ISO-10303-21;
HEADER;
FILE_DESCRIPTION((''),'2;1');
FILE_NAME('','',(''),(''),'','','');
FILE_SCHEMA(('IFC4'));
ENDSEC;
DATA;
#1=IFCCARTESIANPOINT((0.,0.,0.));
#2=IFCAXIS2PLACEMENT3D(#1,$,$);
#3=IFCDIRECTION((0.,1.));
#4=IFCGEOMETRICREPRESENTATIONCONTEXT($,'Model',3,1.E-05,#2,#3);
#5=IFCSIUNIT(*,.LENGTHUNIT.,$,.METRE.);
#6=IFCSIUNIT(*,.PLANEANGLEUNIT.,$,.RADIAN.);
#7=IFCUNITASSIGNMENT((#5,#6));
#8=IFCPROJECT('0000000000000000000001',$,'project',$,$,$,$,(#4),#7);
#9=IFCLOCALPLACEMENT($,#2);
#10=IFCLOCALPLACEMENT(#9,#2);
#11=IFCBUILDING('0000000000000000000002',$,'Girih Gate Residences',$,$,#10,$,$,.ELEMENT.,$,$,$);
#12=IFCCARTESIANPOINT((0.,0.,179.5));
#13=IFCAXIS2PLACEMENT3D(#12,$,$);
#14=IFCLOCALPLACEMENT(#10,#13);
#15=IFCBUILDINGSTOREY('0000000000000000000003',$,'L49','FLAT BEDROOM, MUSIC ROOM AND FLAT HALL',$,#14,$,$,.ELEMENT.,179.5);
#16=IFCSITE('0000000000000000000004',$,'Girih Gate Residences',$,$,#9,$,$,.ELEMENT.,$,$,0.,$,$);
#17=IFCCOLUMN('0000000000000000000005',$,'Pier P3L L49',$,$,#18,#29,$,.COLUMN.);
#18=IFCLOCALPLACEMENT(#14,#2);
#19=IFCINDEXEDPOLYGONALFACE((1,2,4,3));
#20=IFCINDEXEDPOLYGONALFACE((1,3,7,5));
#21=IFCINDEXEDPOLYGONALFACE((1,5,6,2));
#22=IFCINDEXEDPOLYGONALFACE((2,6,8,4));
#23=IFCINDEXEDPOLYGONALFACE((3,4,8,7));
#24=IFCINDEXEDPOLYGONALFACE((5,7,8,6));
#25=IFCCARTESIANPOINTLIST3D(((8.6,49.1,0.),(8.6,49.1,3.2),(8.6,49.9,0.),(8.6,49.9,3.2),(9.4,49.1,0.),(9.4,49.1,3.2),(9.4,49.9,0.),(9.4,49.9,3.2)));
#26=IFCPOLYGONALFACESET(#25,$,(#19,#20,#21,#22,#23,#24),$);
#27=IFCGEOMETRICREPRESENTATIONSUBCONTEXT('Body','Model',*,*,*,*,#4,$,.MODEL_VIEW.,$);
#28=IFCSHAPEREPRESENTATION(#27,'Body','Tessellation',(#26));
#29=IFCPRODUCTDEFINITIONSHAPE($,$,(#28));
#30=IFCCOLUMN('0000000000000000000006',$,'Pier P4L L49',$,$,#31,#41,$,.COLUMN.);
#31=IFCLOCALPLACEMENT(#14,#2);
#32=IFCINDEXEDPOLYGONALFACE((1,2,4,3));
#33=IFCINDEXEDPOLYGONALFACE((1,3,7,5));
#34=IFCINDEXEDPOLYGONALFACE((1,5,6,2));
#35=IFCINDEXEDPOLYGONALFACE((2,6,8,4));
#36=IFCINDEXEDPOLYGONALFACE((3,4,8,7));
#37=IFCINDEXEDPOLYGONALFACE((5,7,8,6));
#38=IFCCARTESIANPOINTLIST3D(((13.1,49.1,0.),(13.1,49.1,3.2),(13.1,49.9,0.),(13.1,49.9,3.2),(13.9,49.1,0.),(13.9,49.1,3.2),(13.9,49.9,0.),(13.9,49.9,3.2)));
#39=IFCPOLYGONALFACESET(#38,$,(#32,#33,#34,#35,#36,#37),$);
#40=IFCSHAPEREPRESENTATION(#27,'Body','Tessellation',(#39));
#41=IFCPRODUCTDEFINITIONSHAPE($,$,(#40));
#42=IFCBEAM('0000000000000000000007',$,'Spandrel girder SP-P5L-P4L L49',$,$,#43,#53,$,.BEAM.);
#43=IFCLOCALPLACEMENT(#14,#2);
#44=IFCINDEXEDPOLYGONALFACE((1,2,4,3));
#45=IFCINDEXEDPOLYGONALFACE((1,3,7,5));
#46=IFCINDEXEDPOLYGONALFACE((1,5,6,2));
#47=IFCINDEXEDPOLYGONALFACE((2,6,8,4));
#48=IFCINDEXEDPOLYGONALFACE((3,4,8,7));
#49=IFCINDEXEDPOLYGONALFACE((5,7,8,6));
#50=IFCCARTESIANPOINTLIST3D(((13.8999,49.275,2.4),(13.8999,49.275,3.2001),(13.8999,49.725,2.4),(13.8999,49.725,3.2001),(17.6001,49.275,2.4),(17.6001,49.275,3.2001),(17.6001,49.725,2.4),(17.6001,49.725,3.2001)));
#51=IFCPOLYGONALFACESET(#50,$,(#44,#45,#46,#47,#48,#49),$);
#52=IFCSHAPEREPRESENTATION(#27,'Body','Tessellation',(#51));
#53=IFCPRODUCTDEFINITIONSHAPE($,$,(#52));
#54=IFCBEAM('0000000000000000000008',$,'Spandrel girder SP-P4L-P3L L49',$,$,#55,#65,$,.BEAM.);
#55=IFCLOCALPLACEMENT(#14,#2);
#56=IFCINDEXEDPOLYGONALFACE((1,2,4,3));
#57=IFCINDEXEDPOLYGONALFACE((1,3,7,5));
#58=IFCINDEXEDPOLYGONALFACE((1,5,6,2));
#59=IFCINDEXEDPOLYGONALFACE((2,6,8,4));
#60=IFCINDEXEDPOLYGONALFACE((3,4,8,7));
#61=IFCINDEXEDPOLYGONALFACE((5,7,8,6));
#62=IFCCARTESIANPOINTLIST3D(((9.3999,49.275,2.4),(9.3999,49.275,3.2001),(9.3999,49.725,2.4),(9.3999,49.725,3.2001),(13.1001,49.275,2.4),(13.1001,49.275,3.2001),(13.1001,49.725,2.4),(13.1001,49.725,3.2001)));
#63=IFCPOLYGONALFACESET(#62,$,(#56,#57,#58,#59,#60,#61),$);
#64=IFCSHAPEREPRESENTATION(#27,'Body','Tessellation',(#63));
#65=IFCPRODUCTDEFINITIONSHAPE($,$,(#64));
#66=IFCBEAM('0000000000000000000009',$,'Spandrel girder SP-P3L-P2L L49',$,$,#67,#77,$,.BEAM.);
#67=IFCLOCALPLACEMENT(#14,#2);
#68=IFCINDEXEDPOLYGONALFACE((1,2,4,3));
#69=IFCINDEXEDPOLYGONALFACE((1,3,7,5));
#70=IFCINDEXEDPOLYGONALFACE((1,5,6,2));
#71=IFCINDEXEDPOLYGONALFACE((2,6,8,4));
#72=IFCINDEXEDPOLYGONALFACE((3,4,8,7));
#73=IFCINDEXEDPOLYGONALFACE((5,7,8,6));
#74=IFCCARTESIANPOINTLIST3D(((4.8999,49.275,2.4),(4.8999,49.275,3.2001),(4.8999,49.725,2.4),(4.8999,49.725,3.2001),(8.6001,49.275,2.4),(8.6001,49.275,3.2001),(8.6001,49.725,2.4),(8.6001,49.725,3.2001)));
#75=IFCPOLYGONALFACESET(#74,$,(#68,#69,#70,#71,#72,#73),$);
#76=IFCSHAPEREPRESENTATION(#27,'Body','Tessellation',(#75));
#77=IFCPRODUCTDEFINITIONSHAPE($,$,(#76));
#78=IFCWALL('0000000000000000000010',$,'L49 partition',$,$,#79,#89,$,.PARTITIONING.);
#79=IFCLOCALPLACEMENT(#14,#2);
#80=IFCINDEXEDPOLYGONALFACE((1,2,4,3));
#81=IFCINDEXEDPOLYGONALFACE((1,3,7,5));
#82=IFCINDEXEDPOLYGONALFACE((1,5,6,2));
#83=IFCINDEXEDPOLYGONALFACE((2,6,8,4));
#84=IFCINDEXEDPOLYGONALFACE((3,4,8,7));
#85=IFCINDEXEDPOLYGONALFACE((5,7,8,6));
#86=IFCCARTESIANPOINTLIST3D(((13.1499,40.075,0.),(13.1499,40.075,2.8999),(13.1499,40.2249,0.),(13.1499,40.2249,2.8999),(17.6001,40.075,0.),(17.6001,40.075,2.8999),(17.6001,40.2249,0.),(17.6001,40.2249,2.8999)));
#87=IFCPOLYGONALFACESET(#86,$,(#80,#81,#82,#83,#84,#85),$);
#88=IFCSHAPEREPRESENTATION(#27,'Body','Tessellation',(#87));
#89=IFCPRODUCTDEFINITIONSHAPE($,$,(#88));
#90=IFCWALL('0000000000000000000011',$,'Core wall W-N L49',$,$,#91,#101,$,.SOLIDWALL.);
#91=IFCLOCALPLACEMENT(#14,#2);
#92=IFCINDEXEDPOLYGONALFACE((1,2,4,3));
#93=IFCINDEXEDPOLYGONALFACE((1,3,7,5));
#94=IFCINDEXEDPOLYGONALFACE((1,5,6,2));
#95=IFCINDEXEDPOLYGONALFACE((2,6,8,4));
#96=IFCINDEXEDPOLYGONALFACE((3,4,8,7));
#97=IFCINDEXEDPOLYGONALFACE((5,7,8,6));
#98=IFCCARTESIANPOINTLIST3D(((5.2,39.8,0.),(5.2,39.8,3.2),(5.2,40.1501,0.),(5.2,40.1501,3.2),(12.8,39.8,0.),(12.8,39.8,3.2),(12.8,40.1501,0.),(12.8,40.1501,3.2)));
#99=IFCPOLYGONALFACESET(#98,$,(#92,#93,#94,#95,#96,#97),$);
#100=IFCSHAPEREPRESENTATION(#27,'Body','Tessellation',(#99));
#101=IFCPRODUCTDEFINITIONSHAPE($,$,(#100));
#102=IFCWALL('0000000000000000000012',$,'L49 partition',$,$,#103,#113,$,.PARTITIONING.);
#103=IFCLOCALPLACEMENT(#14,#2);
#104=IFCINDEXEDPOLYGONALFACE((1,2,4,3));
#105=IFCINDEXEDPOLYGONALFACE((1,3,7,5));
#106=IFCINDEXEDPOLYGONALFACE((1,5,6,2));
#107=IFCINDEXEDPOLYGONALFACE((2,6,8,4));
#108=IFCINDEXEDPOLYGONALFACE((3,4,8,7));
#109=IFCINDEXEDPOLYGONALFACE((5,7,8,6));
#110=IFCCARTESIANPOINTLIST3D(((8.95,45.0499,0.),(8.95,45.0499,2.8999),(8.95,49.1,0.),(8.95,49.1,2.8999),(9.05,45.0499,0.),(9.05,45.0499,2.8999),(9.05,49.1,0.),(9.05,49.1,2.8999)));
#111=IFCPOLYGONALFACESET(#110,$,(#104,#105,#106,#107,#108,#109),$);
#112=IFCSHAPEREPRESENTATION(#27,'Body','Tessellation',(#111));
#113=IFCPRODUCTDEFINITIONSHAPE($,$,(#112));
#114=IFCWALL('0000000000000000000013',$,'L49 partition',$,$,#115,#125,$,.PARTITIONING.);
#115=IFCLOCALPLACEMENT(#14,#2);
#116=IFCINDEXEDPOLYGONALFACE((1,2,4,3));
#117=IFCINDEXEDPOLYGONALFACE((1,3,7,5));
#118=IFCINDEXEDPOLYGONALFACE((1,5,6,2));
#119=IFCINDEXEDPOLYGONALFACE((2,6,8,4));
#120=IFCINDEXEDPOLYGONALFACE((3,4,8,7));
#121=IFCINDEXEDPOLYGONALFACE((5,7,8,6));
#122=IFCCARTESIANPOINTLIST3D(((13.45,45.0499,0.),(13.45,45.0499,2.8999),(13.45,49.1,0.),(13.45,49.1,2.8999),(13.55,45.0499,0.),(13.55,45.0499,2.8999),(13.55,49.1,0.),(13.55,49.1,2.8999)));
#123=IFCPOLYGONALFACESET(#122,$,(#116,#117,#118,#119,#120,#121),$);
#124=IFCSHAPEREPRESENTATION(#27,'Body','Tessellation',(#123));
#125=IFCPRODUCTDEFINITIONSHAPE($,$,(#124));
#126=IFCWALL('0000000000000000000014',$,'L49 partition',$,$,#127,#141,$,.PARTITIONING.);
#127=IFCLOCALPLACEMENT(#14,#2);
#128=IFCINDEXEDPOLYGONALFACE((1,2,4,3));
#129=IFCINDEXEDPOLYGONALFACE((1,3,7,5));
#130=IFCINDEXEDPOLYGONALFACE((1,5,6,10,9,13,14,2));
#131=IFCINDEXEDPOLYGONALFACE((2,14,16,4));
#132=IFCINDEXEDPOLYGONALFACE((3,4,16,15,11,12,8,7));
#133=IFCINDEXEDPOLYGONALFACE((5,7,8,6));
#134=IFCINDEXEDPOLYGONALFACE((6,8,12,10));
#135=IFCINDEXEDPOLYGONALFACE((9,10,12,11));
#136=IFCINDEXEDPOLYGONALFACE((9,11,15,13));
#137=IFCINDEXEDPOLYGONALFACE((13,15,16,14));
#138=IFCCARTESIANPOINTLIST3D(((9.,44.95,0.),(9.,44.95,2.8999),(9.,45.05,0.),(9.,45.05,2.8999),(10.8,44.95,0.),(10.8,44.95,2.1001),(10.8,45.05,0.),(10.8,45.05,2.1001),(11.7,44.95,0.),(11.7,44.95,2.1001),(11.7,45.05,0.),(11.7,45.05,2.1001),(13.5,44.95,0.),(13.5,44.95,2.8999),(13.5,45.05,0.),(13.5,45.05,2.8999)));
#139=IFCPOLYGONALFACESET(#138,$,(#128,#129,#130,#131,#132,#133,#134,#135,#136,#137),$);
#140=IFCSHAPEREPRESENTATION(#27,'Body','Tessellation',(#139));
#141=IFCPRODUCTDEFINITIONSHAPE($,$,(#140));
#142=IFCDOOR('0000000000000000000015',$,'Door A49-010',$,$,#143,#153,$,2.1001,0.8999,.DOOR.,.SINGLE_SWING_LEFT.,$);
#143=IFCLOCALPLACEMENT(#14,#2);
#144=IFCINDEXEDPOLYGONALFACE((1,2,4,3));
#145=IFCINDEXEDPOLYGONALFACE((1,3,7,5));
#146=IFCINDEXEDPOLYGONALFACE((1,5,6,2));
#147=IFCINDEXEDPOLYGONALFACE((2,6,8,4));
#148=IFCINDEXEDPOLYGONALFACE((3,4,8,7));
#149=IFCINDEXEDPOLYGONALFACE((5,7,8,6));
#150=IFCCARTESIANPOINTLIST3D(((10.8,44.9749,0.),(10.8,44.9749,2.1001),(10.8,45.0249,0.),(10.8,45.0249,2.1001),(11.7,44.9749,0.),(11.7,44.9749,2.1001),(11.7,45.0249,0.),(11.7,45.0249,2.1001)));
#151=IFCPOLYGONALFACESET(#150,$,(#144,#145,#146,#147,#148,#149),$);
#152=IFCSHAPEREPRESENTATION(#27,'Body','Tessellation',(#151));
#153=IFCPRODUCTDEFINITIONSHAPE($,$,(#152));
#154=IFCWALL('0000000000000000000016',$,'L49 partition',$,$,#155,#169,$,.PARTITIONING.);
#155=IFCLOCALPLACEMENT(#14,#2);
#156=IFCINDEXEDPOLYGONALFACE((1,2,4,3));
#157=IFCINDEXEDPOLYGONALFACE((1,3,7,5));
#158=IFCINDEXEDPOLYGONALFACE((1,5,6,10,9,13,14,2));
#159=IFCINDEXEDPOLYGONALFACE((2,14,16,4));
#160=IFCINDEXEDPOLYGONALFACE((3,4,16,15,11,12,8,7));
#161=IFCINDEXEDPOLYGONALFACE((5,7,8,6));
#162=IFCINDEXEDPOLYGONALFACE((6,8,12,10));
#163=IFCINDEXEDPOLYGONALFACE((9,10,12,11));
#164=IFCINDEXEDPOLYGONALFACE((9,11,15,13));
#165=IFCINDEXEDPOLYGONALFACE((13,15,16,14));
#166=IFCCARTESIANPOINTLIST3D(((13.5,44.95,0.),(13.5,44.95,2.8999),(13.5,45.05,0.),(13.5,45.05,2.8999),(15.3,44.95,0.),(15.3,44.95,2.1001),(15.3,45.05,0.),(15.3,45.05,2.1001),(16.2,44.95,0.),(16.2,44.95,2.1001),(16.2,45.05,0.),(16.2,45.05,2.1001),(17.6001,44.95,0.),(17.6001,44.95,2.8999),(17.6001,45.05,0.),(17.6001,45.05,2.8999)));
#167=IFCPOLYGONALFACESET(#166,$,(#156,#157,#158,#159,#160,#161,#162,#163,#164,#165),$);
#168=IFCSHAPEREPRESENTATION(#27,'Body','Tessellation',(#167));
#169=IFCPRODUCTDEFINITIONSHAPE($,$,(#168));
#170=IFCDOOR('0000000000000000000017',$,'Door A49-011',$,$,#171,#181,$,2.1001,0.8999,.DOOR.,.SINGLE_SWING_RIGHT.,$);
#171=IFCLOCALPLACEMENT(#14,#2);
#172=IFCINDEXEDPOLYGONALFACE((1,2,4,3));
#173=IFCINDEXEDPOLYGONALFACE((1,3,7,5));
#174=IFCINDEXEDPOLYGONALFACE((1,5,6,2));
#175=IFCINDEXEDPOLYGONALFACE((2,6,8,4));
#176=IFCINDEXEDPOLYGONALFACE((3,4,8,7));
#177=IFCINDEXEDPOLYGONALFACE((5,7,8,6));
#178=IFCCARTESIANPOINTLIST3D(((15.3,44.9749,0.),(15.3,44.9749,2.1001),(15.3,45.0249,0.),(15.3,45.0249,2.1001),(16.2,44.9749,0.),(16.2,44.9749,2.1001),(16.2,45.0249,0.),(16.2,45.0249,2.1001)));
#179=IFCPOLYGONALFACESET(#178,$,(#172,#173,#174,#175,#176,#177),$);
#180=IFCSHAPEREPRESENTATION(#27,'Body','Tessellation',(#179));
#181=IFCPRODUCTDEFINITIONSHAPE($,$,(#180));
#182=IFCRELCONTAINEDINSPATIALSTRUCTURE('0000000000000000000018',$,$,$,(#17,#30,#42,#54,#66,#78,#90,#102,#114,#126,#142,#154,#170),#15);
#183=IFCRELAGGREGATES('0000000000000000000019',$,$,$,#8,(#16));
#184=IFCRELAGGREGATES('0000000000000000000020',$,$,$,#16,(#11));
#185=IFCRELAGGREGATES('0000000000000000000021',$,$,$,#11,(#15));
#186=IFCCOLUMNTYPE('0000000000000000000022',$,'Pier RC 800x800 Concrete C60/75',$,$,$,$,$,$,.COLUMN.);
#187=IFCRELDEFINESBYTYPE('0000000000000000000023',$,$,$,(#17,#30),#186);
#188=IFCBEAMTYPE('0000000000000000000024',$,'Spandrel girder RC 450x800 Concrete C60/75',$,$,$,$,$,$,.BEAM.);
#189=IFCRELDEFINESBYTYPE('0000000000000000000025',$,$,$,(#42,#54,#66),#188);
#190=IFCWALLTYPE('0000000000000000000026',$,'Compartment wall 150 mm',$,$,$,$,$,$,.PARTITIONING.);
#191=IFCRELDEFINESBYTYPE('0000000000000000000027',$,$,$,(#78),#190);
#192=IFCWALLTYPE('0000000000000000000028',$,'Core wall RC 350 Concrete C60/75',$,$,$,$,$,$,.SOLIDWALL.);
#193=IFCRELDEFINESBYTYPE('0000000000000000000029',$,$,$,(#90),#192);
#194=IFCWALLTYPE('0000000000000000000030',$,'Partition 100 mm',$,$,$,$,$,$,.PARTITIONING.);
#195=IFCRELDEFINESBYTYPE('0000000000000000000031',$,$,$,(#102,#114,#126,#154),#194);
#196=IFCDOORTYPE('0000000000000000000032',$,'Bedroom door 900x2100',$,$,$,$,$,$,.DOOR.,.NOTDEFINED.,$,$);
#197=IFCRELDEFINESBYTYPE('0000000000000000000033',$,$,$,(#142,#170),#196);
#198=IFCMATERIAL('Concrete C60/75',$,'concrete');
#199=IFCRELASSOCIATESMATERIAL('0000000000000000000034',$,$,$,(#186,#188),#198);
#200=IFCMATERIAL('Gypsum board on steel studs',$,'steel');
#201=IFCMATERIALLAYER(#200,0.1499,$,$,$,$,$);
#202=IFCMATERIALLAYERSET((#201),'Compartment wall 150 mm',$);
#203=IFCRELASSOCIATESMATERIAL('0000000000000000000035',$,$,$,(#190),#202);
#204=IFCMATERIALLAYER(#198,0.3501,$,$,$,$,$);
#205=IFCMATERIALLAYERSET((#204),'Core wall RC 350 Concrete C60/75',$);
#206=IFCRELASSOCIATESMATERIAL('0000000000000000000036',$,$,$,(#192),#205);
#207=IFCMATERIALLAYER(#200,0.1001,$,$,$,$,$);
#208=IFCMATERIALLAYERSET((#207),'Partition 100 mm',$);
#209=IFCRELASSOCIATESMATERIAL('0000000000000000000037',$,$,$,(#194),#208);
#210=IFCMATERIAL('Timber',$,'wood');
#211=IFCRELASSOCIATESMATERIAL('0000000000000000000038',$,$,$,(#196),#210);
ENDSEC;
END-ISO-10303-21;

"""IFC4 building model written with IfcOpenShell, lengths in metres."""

from ifc_helpers import new_model, si_unit, direction, frame, frame_2d, origin, origin_2d, place, context, subcontext, project, spatial, rectangle, extrude, material, layer, layer_set, material_profile, profile_set, type_object, element, fill, save


model = new_model("IFC4")

# Units and contexts
model_context = context("Model", 3, precision=1e-05, world=origin(), true_north=direction((0.0, 1.0)))
body_context = subcontext(model_context, "Body", "Model", "MODEL_VIEW")
ifc_project = project(units=[si_unit("LENGTHUNIT", "METRE"), si_unit("PLANEANGLEUNIT", "RADIAN")], contexts=[model_context])

# Site, building, storey
site_placement = place(None, origin())
site = spatial("IfcSite", under=ifc_project, at=site_placement, Name="Girih Gate Residences", CompositionType="ELEMENT", RefElevation=0.0)
building_placement = place(site_placement, origin())
building = spatial("IfcBuilding", under=site, at=building_placement, Name="Girih Gate Residences", CompositionType="ELEMENT")
storey_placement = place(building_placement, frame((0.0, 0.0, 179.5)))
storey = spatial("IfcBuildingStorey", under=building, at=storey_placement, Name="L49", Description="FLAT BEDROOM, MUSIC ROOM AND FLAT HALL", CompositionType="ELEMENT", Elevation=179.5)

# Columns
ifc_material_1 = material(Name="Concrete C60/75", Category="concrete")
ifc_material_profile_1 = material_profile(ifc_material_1, rectangle(XDim=0.8, YDim=0.8, at=origin_2d()))
ifc_profile_set_1 = profile_set([ifc_material_profile_1], Name="Concrete C60/75")
column_type = type_object("IfcColumnType", Name="Pier RC 800x800 Concrete C60/75", PredefinedType="COLUMN", material=ifc_profile_set_1)
for number, where, z_axis, x_axis, name in (
    (1, (9.0, 49.5, 0.0), (0.0, 0.0, 1.0), (1.0, 0.0, 0.0), "Pier P3L L49"),
    (2, (13.5, 49.5, 0.0), (0.0, 0.0, 1.0), (1.0, 0.0, 0.0), "Pier P4L L49"),
):
    element("IfcColumn", number, at=place(storey_placement, frame(where, z_axis=z_axis, x_axis=x_axis)), inside=storey, type_object=column_type, Name=name, PredefinedType="COLUMN", context=body_context, shape_type="SweptSolid", body=[
        extrude(rectangle(XDim=0.8, YDim=0.8, at=origin_2d()), origin(), (0.0, 0.0, 1.0), 3.2),
    ])

# Beams
ifc_material_profile_2 = material_profile(ifc_material_1, rectangle(XDim=0.45, YDim=0.8, at=origin_2d()))
ifc_profile_set_2 = profile_set([ifc_material_profile_2], Name="Concrete C60/75")
beam_type = type_object("IfcBeamType", Name="Spandrel girder RC 450x800 Concrete C60/75", PredefinedType="BEAM", material=ifc_profile_set_2)
for number, where, z_axis, x_axis, name in (
    (3, (17.6001, 49.5, 2.8), (-1.0, 0.0, 0.0), (0.0, -1.0, 0.0), "Spandrel girder SP-P5L-P4L L49"),
    (4, (13.1001, 49.5, 2.8), (-1.0, 0.0, 0.0), (0.0, -1.0, 0.0), "Spandrel girder SP-P4L-P3L L49"),
    (5, (8.6001, 49.5, 2.8), (-1.0, 0.0, 0.0), (0.0, -1.0, 0.0), "Spandrel girder SP-P3L-P2L L49"),
):
    element("IfcBeam", number, at=place(storey_placement, frame(where, z_axis=z_axis, x_axis=x_axis)), inside=storey, type_object=beam_type, Name=name, PredefinedType="BEAM", context=body_context, shape_type="SweptSolid", body=[
        extrude(rectangle(XDim=0.45, YDim=0.8, at=origin_2d()), origin(), (0.0, 0.0, 1.0), 3.7002),
    ])

# Walls
ifc_material_2 = material(Name="Gypsum board on steel studs", Category="steel")
ifc_layer_1 = layer(ifc_material_2, 0.1499)
ifc_layer_set_1 = layer_set([ifc_layer_1], Name="Compartment wall 150 mm")
wall_type_1 = type_object("IfcWallType", Name="Compartment wall 150 mm", PredefinedType="PARTITIONING", material=ifc_layer_set_1)
wall_1_placement = place(storey_placement, frame((13.1499, 40.1499, 0.0), z_axis=(0.0, 0.0, 1.0), x_axis=(1.0, 0.0, 0.0)))
element("IfcWall", 6, at=wall_1_placement, inside=storey, type_object=wall_type_1, Name="L49 partition", PredefinedType="PARTITIONING", context=body_context, shape_type="SweptSolid", body=[
    extrude(rectangle(XDim=4.4502, YDim=0.1499, at=frame_2d((2.2251, 0.0))), origin(), (0.0, 0.0, 1.0), 2.8999),
])
ifc_layer_2 = layer(ifc_material_1, 0.3501)
ifc_layer_set_2 = layer_set([ifc_layer_2], Name="Core wall RC 350 Concrete C60/75")
wall_type_2 = type_object("IfcWallType", Name="Core wall RC 350 Concrete C60/75", PredefinedType="SOLIDWALL", material=ifc_layer_set_2)
wall_2_placement = place(storey_placement, frame((5.2, 39.9751, 0.0), z_axis=(0.0, 0.0, 1.0), x_axis=(1.0, 0.0, 0.0)))
element("IfcWall", 7, at=wall_2_placement, inside=storey, type_object=wall_type_2, Name="Core wall W-N L49", PredefinedType="SOLIDWALL", context=body_context, shape_type="SweptSolid", body=[
    extrude(rectangle(XDim=7.6001, YDim=0.3501, at=frame_2d((3.8, 0.0))), origin(), (0.0, 0.0, 1.0), 3.2),
])
ifc_layer_3 = layer(ifc_material_2, 0.1001)
ifc_layer_set_3 = layer_set([ifc_layer_3], Name="Partition 100 mm")
wall_type_3 = type_object("IfcWallType", Name="Partition 100 mm", PredefinedType="PARTITIONING", material=ifc_layer_set_3)
for number, where, z_axis, x_axis, name in (
    (8, (9.0, 45.05, 0.0), (0.0, 0.0, 1.0), (0.0, 1.0, 0.0), "L49 partition"),
    (9, (13.5, 45.05, 0.0), (0.0, 0.0, 1.0), (0.0, 1.0, 0.0), "L49 partition"),
):
    element("IfcWall", number, at=place(storey_placement, frame(where, z_axis=z_axis, x_axis=x_axis)), inside=storey, type_object=wall_type_3, Name=name, PredefinedType="PARTITIONING", context=body_context, shape_type="SweptSolid", body=[
        extrude(rectangle(XDim=4.05, YDim=0.1001, at=frame_2d((2.0249, 0.0))), origin(), (0.0, 0.0, 1.0), 2.8999),
    ])

# Walls, openings, doors
wall_3_placement = place(storey_placement, frame((9.0, 45.0, 0.0), z_axis=(0.0, 0.0, 1.0), x_axis=(1.0, 0.0, 0.0)))
wall_3 = element("IfcWall", 10, at=wall_3_placement, inside=storey, type_object=wall_type_3, Name="L49 partition", PredefinedType="PARTITIONING", context=body_context, shape_type="SweptSolid", body=[
    extrude(rectangle(XDim=4.5, YDim=0.1001, at=frame_2d((2.25, 0.0))), origin(), (0.0, 0.0, 1.0), 2.8999),
])
opening_1_placement = place(wall_3_placement, frame((1.8, 0.0, 0.0)))
opening_1 = element("IfcOpeningElement", 11, at=opening_1_placement, cuts=wall_3, PredefinedType="OPENING", context=body_context, shape_type="SweptSolid", body=[
    extrude(rectangle(XDim=0.8999, YDim=2.1001, at=frame_2d((0.45, 1.05))), frame((0.0, 0.0601, 0.0), z_axis=(0.0, -1.0, 0.0), x_axis=(1.0, 0.0, 0.0)), (0.0, 0.0, 1.0), 0.1201),
])
ifc_material_3 = material(Name="Timber", Category="wood")
door_type_1 = type_object("IfcDoorType", Name="Bedroom door 900x2100", OperationType="NOTDEFINED", PredefinedType="DOOR", material=ifc_material_3)
door_1_placement = place(opening_1_placement, origin())
door_1 = element("IfcDoor", 12, at=door_1_placement, inside=storey, type_object=door_type_1, Name="Door A49-010", OperationType="SINGLE_SWING_LEFT", OverallHeight=2.1001, OverallWidth=0.8999, PredefinedType="DOOR", context=body_context, shape_type="SweptSolid", body=[
    extrude(rectangle(XDim=0.8999, YDim=2.1001, at=frame_2d((0.45, 1.05))), frame((0.0, 0.0249, 0.0), z_axis=(0.0, -1.0, 0.0), x_axis=(1.0, 0.0, 0.0)), (0.0, 0.0, 1.0), 0.05),
])
fill(opening_1, door_1)
wall_4_placement = place(storey_placement, frame((13.5, 45.0, 0.0), z_axis=(0.0, 0.0, 1.0), x_axis=(1.0, 0.0, 0.0)))
wall_4 = element("IfcWall", 13, at=wall_4_placement, inside=storey, type_object=wall_type_3, Name="L49 partition", PredefinedType="PARTITIONING", context=body_context, shape_type="SweptSolid", body=[
    extrude(rectangle(XDim=4.1001, YDim=0.1001, at=frame_2d((2.05, 0.0))), origin(), (0.0, 0.0, 1.0), 2.8999),
])
opening_2_placement = place(wall_4_placement, frame((1.8, 0.0, 0.0)))
opening_2 = element("IfcOpeningElement", 14, at=opening_2_placement, cuts=wall_4, PredefinedType="OPENING", context=body_context, shape_type="SweptSolid", body=[
    extrude(rectangle(XDim=0.8999, YDim=2.1001, at=frame_2d((0.45, 1.05))), frame((0.0, 0.0601, 0.0), z_axis=(0.0, -1.0, 0.0), x_axis=(1.0, 0.0, 0.0)), (0.0, 0.0, 1.0), 0.1201),
])
door_2_placement = place(opening_2_placement, origin())
door_2 = element("IfcDoor", 15, at=door_2_placement, inside=storey, type_object=door_type_1, Name="Door A49-011", OperationType="SINGLE_SWING_RIGHT", OverallHeight=2.1001, OverallWidth=0.8999, PredefinedType="DOOR", context=body_context, shape_type="SweptSolid", body=[
    extrude(rectangle(XDim=0.8999, YDim=2.1001, at=frame_2d((0.45, 1.05))), frame((0.0, 0.0249, 0.0), z_axis=(0.0, -1.0, 0.0), x_axis=(1.0, 0.0, 0.0)), (0.0, 0.0, 1.0), 0.05),
])
fill(opening_2, door_2)

save(model, "model.ifc")
